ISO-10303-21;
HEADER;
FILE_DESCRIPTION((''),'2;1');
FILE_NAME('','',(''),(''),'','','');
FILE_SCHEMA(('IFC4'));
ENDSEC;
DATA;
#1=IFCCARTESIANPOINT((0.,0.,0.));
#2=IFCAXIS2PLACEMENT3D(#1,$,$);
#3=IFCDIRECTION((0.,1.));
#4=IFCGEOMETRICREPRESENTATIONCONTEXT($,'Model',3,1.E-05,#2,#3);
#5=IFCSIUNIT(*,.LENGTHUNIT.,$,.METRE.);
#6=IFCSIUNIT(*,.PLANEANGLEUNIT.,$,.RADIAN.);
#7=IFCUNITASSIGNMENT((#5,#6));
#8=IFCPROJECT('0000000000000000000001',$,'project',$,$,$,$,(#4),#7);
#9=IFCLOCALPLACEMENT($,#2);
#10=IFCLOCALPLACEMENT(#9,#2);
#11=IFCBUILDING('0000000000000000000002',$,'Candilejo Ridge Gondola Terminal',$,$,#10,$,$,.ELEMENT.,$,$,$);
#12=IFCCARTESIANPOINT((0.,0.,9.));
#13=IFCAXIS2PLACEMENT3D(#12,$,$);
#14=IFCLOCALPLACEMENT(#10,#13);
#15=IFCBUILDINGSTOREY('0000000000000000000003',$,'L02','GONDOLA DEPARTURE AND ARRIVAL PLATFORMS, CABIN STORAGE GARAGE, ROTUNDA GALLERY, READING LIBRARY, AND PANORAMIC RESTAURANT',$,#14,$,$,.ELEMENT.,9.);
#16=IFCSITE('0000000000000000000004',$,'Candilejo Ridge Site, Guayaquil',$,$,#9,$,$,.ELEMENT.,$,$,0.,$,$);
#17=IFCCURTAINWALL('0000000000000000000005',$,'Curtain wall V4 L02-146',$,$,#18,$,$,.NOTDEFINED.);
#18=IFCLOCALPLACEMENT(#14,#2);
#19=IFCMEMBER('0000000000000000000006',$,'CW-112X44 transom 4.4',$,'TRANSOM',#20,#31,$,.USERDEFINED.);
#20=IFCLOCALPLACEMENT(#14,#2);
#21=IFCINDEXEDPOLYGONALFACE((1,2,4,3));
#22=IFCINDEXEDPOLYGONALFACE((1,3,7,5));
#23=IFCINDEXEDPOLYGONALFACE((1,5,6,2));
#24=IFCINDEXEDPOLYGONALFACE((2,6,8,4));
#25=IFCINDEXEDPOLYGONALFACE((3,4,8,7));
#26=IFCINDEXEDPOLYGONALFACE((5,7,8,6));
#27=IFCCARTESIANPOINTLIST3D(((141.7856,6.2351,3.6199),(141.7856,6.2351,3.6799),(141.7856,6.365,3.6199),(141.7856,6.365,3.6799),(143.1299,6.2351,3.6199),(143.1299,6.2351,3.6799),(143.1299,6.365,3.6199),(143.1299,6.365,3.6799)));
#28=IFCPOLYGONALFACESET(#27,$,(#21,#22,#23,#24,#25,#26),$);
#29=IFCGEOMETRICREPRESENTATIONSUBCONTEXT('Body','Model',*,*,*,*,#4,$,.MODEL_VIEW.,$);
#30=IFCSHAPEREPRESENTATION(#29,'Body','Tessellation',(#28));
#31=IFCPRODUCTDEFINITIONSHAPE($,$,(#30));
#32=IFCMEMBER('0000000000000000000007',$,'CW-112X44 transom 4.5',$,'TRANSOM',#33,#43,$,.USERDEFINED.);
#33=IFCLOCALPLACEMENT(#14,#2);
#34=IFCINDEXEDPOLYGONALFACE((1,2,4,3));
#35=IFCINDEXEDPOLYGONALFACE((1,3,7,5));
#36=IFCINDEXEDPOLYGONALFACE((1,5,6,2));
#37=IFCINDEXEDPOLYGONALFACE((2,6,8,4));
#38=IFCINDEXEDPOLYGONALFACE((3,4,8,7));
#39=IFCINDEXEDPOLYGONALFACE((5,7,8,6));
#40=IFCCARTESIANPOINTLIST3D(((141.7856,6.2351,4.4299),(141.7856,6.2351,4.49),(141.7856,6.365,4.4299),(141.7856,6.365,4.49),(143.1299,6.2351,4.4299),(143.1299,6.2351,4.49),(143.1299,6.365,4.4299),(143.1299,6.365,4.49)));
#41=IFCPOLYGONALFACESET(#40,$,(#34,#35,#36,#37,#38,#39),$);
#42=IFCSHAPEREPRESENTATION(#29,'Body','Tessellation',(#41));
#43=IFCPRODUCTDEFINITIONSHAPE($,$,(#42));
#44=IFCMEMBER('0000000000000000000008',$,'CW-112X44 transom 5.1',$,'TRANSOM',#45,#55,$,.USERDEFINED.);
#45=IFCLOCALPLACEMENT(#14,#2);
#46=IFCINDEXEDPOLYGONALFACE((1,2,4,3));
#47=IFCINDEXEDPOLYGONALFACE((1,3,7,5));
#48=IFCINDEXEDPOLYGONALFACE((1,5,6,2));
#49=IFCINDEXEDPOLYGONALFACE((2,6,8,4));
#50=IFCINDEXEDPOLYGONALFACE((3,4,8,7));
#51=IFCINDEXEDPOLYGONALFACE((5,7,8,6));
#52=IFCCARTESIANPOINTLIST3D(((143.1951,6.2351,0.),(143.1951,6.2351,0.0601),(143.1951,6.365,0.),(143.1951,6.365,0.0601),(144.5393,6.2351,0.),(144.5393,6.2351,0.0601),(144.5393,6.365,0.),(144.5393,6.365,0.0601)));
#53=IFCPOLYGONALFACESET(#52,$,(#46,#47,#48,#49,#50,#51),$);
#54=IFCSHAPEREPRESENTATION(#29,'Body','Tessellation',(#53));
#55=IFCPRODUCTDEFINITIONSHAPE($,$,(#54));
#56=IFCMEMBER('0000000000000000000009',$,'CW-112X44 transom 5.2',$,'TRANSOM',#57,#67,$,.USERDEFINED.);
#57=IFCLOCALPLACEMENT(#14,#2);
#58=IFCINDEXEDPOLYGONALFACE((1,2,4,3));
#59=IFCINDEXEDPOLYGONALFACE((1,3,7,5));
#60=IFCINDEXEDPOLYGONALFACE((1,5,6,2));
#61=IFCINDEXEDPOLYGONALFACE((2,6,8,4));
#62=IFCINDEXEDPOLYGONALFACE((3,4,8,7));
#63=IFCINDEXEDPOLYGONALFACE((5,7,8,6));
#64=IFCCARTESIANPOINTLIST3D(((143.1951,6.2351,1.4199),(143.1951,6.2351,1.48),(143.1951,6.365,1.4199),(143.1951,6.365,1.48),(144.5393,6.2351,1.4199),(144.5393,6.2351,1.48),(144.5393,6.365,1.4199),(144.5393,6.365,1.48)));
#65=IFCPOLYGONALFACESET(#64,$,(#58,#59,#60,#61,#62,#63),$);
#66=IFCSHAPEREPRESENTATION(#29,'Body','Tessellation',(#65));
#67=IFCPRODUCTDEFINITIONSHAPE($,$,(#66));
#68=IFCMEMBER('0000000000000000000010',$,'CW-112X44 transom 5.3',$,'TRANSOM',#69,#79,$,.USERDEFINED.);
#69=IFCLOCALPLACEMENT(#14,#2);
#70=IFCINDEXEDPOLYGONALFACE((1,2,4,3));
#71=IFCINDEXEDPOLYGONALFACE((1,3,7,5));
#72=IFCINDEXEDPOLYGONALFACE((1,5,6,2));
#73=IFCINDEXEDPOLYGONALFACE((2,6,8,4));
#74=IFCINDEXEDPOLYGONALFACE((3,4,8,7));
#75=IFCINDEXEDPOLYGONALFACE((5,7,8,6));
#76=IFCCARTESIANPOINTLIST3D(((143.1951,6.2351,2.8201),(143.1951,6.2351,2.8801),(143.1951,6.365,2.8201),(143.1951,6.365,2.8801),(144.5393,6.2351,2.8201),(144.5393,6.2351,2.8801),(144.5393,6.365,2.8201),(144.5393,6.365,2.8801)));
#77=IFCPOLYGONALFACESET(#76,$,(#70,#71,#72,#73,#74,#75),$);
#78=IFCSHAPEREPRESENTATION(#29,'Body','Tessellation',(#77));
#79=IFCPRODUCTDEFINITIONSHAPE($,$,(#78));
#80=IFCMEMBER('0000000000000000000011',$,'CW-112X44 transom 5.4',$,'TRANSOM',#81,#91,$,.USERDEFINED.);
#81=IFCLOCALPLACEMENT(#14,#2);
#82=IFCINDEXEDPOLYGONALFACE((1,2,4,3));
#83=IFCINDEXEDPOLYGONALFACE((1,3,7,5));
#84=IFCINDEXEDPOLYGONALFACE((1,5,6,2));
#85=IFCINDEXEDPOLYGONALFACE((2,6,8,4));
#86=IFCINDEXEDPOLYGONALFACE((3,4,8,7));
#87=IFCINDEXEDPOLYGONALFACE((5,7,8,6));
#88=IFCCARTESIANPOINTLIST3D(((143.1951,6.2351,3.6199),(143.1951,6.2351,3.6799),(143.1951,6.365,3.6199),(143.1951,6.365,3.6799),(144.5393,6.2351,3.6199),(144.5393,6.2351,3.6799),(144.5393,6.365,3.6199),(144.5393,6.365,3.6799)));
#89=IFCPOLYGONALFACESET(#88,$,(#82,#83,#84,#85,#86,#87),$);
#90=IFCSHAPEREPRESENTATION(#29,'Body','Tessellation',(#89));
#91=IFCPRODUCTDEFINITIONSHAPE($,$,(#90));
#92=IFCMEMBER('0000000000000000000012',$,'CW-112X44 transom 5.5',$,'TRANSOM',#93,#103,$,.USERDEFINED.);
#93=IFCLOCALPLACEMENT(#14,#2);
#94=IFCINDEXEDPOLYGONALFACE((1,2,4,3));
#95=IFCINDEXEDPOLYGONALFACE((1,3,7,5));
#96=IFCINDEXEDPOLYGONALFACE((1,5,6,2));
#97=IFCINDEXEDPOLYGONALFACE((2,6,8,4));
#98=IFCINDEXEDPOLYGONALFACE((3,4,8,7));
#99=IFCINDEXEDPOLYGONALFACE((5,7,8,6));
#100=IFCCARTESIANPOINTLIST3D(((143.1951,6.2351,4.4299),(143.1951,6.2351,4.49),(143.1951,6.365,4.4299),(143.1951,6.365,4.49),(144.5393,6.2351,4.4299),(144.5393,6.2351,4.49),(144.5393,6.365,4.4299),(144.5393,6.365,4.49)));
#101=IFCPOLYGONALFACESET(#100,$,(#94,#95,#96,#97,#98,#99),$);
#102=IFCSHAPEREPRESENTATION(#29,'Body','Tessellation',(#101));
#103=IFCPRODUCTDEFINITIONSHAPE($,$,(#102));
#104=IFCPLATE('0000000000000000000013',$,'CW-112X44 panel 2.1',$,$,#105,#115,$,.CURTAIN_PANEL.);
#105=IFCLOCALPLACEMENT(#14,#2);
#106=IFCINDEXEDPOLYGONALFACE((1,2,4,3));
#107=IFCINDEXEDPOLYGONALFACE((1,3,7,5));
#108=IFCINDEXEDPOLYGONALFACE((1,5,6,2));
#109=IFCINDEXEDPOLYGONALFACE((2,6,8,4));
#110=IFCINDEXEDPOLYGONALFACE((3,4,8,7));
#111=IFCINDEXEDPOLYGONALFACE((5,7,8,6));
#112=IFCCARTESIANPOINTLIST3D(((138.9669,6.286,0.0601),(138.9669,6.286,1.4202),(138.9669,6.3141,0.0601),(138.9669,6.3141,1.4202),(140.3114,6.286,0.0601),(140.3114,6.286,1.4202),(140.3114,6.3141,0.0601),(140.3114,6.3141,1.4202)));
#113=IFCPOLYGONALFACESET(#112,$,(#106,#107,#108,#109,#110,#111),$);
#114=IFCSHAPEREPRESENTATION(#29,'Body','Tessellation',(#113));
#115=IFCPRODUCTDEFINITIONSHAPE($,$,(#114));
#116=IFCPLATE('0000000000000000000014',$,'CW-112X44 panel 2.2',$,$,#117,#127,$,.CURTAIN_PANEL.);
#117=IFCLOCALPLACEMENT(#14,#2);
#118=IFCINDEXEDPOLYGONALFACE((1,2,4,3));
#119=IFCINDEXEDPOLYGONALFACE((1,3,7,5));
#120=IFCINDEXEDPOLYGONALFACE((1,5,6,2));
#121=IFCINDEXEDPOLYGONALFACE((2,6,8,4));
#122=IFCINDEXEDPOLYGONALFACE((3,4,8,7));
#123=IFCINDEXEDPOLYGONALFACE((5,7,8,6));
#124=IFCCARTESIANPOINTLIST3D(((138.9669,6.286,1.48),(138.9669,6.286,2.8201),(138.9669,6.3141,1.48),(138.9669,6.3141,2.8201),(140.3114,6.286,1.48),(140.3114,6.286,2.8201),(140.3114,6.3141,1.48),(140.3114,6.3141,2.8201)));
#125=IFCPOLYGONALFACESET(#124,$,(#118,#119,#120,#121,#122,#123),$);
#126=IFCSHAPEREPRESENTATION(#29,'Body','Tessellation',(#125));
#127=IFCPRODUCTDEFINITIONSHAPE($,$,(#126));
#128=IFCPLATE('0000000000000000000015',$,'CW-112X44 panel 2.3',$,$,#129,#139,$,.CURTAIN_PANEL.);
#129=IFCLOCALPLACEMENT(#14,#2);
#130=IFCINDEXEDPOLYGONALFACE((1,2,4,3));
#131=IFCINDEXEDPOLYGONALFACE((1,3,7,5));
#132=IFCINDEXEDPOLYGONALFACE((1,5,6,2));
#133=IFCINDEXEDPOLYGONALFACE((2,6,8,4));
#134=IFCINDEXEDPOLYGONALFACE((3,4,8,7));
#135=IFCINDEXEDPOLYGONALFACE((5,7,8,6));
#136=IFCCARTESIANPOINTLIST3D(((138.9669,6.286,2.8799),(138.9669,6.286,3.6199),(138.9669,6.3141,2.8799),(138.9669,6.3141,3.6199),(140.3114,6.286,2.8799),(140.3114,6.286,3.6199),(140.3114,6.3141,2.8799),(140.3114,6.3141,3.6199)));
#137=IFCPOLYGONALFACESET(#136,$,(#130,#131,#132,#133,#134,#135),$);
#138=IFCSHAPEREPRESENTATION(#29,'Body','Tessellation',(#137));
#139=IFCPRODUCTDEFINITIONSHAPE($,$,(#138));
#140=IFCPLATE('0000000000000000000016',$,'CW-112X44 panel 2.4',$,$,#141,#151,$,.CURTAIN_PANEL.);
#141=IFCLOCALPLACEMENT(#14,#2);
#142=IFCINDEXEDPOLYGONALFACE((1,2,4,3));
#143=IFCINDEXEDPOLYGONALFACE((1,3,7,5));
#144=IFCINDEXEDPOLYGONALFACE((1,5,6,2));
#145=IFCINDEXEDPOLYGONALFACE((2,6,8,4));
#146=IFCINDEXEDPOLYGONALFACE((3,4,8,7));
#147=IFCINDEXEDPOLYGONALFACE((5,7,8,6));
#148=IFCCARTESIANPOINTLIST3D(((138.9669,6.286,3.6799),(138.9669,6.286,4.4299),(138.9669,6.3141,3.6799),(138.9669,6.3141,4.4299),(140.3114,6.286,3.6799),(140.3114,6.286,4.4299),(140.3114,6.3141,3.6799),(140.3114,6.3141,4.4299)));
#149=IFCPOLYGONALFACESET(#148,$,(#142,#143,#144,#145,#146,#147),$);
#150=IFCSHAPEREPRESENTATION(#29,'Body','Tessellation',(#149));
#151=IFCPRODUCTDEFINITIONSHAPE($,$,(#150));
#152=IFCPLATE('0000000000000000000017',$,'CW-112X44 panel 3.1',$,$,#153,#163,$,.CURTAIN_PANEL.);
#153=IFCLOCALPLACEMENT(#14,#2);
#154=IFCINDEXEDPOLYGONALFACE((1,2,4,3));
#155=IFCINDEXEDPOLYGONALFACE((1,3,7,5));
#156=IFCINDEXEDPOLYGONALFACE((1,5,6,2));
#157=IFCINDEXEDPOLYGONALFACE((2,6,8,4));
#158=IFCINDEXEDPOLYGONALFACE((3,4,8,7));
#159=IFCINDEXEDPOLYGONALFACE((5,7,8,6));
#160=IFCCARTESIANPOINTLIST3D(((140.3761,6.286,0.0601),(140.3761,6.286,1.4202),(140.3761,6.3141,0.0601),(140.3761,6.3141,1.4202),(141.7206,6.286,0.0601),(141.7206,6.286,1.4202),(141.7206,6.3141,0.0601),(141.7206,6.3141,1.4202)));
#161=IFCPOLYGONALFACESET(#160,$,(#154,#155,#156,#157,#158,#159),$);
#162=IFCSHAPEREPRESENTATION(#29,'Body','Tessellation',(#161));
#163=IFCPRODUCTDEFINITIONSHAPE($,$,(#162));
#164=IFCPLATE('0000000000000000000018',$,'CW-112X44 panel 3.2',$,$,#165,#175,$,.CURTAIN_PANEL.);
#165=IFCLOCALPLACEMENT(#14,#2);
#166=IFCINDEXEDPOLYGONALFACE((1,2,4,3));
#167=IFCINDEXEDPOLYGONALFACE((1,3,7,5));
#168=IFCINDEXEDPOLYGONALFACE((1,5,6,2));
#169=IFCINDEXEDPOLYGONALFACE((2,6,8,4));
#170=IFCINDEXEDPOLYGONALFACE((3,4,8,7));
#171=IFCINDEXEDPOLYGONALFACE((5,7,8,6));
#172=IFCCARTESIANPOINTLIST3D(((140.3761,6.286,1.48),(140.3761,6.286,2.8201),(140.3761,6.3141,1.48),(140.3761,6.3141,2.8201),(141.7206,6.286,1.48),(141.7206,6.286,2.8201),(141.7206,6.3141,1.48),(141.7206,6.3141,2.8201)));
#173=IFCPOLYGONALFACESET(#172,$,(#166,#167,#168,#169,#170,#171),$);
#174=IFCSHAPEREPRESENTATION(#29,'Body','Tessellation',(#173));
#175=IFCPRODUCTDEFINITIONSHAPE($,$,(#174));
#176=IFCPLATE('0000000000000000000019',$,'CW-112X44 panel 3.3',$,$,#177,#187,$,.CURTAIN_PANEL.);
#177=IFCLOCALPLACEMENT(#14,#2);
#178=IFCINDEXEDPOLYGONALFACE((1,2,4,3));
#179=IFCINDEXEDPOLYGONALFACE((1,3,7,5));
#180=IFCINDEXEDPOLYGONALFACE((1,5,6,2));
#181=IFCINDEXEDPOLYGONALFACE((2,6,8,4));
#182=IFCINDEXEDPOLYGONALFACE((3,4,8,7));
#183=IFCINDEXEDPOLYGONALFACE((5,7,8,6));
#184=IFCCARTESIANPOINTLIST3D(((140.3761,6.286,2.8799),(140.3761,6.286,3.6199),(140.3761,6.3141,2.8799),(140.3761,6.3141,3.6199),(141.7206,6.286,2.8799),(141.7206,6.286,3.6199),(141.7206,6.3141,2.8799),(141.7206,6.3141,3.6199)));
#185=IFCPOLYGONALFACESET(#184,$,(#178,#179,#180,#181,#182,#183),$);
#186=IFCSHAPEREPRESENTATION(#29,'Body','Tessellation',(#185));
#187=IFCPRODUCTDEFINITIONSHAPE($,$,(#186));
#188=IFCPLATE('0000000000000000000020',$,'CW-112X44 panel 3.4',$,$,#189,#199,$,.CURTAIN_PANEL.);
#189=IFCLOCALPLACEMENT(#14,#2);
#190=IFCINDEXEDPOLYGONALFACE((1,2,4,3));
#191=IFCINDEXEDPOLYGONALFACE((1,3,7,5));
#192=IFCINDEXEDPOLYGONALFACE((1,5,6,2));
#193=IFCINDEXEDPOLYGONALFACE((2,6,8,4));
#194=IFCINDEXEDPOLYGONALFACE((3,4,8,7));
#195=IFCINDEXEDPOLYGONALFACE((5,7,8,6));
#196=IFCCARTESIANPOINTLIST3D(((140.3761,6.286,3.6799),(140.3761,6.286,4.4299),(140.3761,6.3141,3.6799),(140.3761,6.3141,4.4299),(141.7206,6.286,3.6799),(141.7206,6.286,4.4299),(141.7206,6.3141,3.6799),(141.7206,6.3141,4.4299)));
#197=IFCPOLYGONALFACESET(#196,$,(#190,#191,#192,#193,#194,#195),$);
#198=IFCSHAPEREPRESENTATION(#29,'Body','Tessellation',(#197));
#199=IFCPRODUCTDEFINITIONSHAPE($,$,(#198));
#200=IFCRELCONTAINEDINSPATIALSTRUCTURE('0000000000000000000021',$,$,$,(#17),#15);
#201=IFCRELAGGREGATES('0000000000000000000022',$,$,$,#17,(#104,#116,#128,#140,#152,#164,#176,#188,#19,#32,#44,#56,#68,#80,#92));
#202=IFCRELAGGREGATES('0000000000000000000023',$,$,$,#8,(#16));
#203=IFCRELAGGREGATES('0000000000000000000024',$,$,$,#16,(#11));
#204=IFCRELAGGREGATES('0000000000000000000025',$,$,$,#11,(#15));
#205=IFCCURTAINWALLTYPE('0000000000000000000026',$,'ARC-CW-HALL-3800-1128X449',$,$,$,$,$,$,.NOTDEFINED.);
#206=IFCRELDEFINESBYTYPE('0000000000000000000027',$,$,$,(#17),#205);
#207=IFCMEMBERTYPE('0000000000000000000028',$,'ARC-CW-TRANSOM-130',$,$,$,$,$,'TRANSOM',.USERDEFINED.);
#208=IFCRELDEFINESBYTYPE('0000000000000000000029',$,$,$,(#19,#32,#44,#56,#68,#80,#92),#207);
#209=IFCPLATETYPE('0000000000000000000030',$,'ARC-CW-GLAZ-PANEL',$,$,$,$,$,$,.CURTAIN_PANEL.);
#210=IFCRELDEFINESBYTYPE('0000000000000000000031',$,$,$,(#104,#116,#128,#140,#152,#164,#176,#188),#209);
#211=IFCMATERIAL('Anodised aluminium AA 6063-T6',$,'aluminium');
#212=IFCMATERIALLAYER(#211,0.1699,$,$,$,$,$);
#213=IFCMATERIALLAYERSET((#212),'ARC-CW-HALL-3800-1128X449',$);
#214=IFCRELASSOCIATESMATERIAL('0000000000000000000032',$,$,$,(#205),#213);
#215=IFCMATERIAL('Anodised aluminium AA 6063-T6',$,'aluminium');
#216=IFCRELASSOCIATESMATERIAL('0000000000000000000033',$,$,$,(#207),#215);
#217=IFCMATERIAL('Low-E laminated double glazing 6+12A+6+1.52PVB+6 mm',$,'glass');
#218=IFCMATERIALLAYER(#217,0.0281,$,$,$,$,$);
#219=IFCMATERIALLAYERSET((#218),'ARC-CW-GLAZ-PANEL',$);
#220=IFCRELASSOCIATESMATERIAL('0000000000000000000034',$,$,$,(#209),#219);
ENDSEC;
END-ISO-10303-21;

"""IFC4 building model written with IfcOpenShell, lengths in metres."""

from ifc_helpers import new_model, si_unit, direction, frame, origin, origin_2d, place, context, subcontext, project, spatial, rectangle, extrude, material, layer, layer_set, material_profile, profile_set, type_object, element, aggregate, save


model = new_model("IFC4")

# Units and contexts
model_context = context("Model", 3, precision=1e-05, world=origin(), true_north=direction((0.0, 1.0)))
body_context = subcontext(model_context, "Body", "Model", "MODEL_VIEW")
ifc_project = project(units=[si_unit("LENGTHUNIT", "METRE"), si_unit("PLANEANGLEUNIT", "RADIAN")], contexts=[model_context])

# Site, building, storey
site_placement = place(None, origin())
site = spatial("IfcSite", under=ifc_project, at=site_placement, Name="Candilejo Ridge Site, Guayaquil", CompositionType="ELEMENT", RefElevation=0.0)
building_placement = place(site_placement, origin())
building = spatial("IfcBuilding", under=site, at=building_placement, Name="Candilejo Ridge Gondola Terminal", CompositionType="ELEMENT")
storey_placement = place(building_placement, frame((0.0, 0.0, 9.0)))
storey = spatial("IfcBuildingStorey", under=building, at=storey_placement, Name="L02", Description="GONDOLA DEPARTURE AND ARRIVAL PLATFORMS, CABIN STORAGE GARAGE, ROTUNDA GALLERY, READING LIBRARY, AND PANORAMIC RESTAURANT", CompositionType="ELEMENT", Elevation=9.0)

# Curtain wall, members, plates
ifc_material_1 = material(Name="Anodised aluminium AA 6063-T6", Category="aluminium")
ifc_layer_1 = layer(ifc_material_1, 0.1699)
ifc_layer_set_1 = layer_set([ifc_layer_1], Name="ARC-CW-HALL-3800-1128X449")
curtain_wall_type = type_object("IfcCurtainWallType", Name="ARC-CW-HALL-3800-1128X449", PredefinedType="NOTDEFINED", material=ifc_layer_set_1)
curtain_wall_placement = place(storey_placement, origin())
curtain_wall = element("IfcCurtainWall", 1, at=curtain_wall_placement, inside=storey, type_object=curtain_wall_type, Name="Curtain wall V4 L02-146", PredefinedType="NOTDEFINED")
ifc_material_2 = material(Name="Anodised aluminium AA 6063-T6", Category="aluminium")
ifc_material_profile_1 = material_profile(ifc_material_2, rectangle(XDim=0.1299, YDim=0.0601, at=origin_2d()))
ifc_profile_set_1 = profile_set([ifc_material_profile_1], Name="Anodised aluminium AA 6063-T6")
member_type_1 = type_object("IfcMemberType", Name="ARC-CW-TRANSOM-130", ElementType="TRANSOM", PredefinedType="USERDEFINED", material=ifc_profile_set_1)
member_1_placement = place(storey_placement, frame((141.7856, 6.3, 3.6499), z_axis=(1.0, 0.0, 0.0), x_axis=(0.0, 1.0, 0.0)))
member_1 = element("IfcMember", 2, at=member_1_placement, type_object=member_type_1, Name="CW-112X44 transom 4.4", ObjectType="TRANSOM", PredefinedType="USERDEFINED", context=body_context, shape_type="SweptSolid", body=[
    extrude(rectangle(XDim=0.1299, YDim=0.0601, at=origin_2d()), origin(), (0.0, 0.0, 1.0), 1.3442),
])
member_2_placement = place(storey_placement, frame((141.7856, 6.3, 4.46), z_axis=(1.0, 0.0, 0.0), x_axis=(0.0, 1.0, 0.0)))
member_2 = element("IfcMember", 3, at=member_2_placement, type_object=member_type_1, Name="CW-112X44 transom 4.5", ObjectType="TRANSOM", PredefinedType="USERDEFINED", context=body_context, shape_type="SweptSolid", body=[
    extrude(rectangle(XDim=0.1299, YDim=0.0601, at=origin_2d()), origin(), (0.0, 0.0, 1.0), 1.3442),
])
member_3_placement = place(storey_placement, frame((143.1951, 6.3, 0.03), z_axis=(1.0, 0.0, 0.0), x_axis=(0.0, 1.0, 0.0)))
member_3 = element("IfcMember", 4, at=member_3_placement, type_object=member_type_1, Name="CW-112X44 transom 5.1", ObjectType="TRANSOM", PredefinedType="USERDEFINED", context=body_context, shape_type="SweptSolid", body=[
    extrude(rectangle(XDim=0.1299, YDim=0.0601, at=origin_2d()), origin(), (0.0, 0.0, 1.0), 1.3442),
])
member_4_placement = place(storey_placement, frame((143.1951, 6.3, 1.45), z_axis=(1.0, 0.0, 0.0), x_axis=(0.0, 1.0, 0.0)))
member_4 = element("IfcMember", 5, at=member_4_placement, type_object=member_type_1, Name="CW-112X44 transom 5.2", ObjectType="TRANSOM", PredefinedType="USERDEFINED", context=body_context, shape_type="SweptSolid", body=[
    extrude(rectangle(XDim=0.1299, YDim=0.0601, at=origin_2d()), origin(), (0.0, 0.0, 1.0), 1.3442),
])
member_5_placement = place(storey_placement, frame((143.1951, 6.3, 2.8501), z_axis=(1.0, 0.0, 0.0), x_axis=(0.0, 1.0, 0.0)))
member_5 = element("IfcMember", 6, at=member_5_placement, type_object=member_type_1, Name="CW-112X44 transom 5.3", ObjectType="TRANSOM", PredefinedType="USERDEFINED", context=body_context, shape_type="SweptSolid", body=[
    extrude(rectangle(XDim=0.1299, YDim=0.0601, at=origin_2d()), origin(), (0.0, 0.0, 1.0), 1.3442),
])
member_6_placement = place(storey_placement, frame((143.1951, 6.3, 3.6499), z_axis=(1.0, 0.0, 0.0), x_axis=(0.0, 1.0, 0.0)))
member_6 = element("IfcMember", 7, at=member_6_placement, type_object=member_type_1, Name="CW-112X44 transom 5.4", ObjectType="TRANSOM", PredefinedType="USERDEFINED", context=body_context, shape_type="SweptSolid", body=[
    extrude(rectangle(XDim=0.1299, YDim=0.0601, at=origin_2d()), origin(), (0.0, 0.0, 1.0), 1.3442),
])
member_7_placement = place(storey_placement, frame((143.1951, 6.3, 4.46), z_axis=(1.0, 0.0, 0.0), x_axis=(0.0, 1.0, 0.0)))
member_7 = element("IfcMember", 8, at=member_7_placement, type_object=member_type_1, Name="CW-112X44 transom 5.5", ObjectType="TRANSOM", PredefinedType="USERDEFINED", context=body_context, shape_type="SweptSolid", body=[
    extrude(rectangle(XDim=0.1299, YDim=0.0601, at=origin_2d()), origin(), (0.0, 0.0, 1.0), 1.3442),
])
ifc_material_3 = material(Name="Low-E laminated double glazing 6+12A+6+1.52PVB+6 mm", Category="glass")
ifc_layer_2 = layer(ifc_material_3, 0.0281)
ifc_layer_set_2 = layer_set([ifc_layer_2], Name="ARC-CW-GLAZ-PANEL")
plate_type = type_object("IfcPlateType", Name="ARC-CW-GLAZ-PANEL", PredefinedType="CURTAIN_PANEL", material=ifc_layer_set_2)
plate_1_placement = place(storey_placement, frame((139.6392, 6.3, 0.0601), z_axis=(0.0, 0.0, 1.0), x_axis=(1.0, 0.0, 0.0)))
plate_1 = element("IfcPlate", 9, at=plate_1_placement, type_object=plate_type, Name="CW-112X44 panel 2.1", PredefinedType="CURTAIN_PANEL", context=body_context, shape_type="SweptSolid", body=[
    extrude(rectangle(XDim=1.3445, YDim=0.0281, at=origin_2d()), origin(), (0.0, 0.0, 1.0), 1.3601),
])
plate_2_placement = place(storey_placement, frame((139.6392, 6.3, 1.48), z_axis=(0.0, 0.0, 1.0), x_axis=(1.0, 0.0, 0.0)))
plate_2 = element("IfcPlate", 10, at=plate_2_placement, type_object=plate_type, Name="CW-112X44 panel 2.2", PredefinedType="CURTAIN_PANEL", context=body_context, shape_type="SweptSolid", body=[
    extrude(rectangle(XDim=1.3445, YDim=0.0281, at=origin_2d()), origin(), (0.0, 0.0, 1.0), 1.3401),
])
plate_3_placement = place(storey_placement, frame((139.6392, 6.3, 2.8799), z_axis=(0.0, 0.0, 1.0), x_axis=(1.0, 0.0, 0.0)))
plate_3 = element("IfcPlate", 11, at=plate_3_placement, type_object=plate_type, Name="CW-112X44 panel 2.3", PredefinedType="CURTAIN_PANEL", context=body_context, shape_type="SweptSolid", body=[
    extrude(rectangle(XDim=1.3445, YDim=0.0281, at=origin_2d()), origin(), (0.0, 0.0, 1.0), 0.74),
])
plate_4_placement = place(storey_placement, frame((139.6392, 6.3, 3.6799), z_axis=(0.0, 0.0, 1.0), x_axis=(1.0, 0.0, 0.0)))
plate_4 = element("IfcPlate", 12, at=plate_4_placement, type_object=plate_type, Name="CW-112X44 panel 2.4", PredefinedType="CURTAIN_PANEL", context=body_context, shape_type="SweptSolid", body=[
    extrude(rectangle(XDim=1.3445, YDim=0.0281, at=origin_2d()), origin(), (0.0, 0.0, 1.0), 0.75),
])
plate_5_placement = place(storey_placement, frame((141.0483, 6.3, 0.0601), z_axis=(0.0, 0.0, 1.0), x_axis=(1.0, 0.0, 0.0)))
plate_5 = element("IfcPlate", 13, at=plate_5_placement, type_object=plate_type, Name="CW-112X44 panel 3.1", PredefinedType="CURTAIN_PANEL", context=body_context, shape_type="SweptSolid", body=[
    extrude(rectangle(XDim=1.3445, YDim=0.0281, at=origin_2d()), origin(), (0.0, 0.0, 1.0), 1.3601),
])
plate_6_placement = place(storey_placement, frame((141.0483, 6.3, 1.48), z_axis=(0.0, 0.0, 1.0), x_axis=(1.0, 0.0, 0.0)))
plate_6 = element("IfcPlate", 14, at=plate_6_placement, type_object=plate_type, Name="CW-112X44 panel 3.2", PredefinedType="CURTAIN_PANEL", context=body_context, shape_type="SweptSolid", body=[
    extrude(rectangle(XDim=1.3445, YDim=0.0281, at=origin_2d()), origin(), (0.0, 0.0, 1.0), 1.3401),
])
plate_7_placement = place(storey_placement, frame((141.0483, 6.3, 2.8799), z_axis=(0.0, 0.0, 1.0), x_axis=(1.0, 0.0, 0.0)))
plate_7 = element("IfcPlate", 15, at=plate_7_placement, type_object=plate_type, Name="CW-112X44 panel 3.3", PredefinedType="CURTAIN_PANEL", context=body_context, shape_type="SweptSolid", body=[
    extrude(rectangle(XDim=1.3445, YDim=0.0281, at=origin_2d()), origin(), (0.0, 0.0, 1.0), 0.74),
])
plate_8_placement = place(storey_placement, frame((141.0483, 6.3, 3.6799), z_axis=(0.0, 0.0, 1.0), x_axis=(1.0, 0.0, 0.0)))
plate_8 = element("IfcPlate", 16, at=plate_8_placement, type_object=plate_type, Name="CW-112X44 panel 3.4", PredefinedType="CURTAIN_PANEL", context=body_context, shape_type="SweptSolid", body=[
    extrude(rectangle(XDim=1.3445, YDim=0.0281, at=origin_2d()), origin(), (0.0, 0.0, 1.0), 0.75),
])
aggregate(curtain_wall, [plate_1, plate_2, plate_3, plate_4, plate_5, plate_6, plate_7, plate_8, member_1, member_2, member_3, member_4, member_5, member_6, member_7])

save(model, "model.ifc")
